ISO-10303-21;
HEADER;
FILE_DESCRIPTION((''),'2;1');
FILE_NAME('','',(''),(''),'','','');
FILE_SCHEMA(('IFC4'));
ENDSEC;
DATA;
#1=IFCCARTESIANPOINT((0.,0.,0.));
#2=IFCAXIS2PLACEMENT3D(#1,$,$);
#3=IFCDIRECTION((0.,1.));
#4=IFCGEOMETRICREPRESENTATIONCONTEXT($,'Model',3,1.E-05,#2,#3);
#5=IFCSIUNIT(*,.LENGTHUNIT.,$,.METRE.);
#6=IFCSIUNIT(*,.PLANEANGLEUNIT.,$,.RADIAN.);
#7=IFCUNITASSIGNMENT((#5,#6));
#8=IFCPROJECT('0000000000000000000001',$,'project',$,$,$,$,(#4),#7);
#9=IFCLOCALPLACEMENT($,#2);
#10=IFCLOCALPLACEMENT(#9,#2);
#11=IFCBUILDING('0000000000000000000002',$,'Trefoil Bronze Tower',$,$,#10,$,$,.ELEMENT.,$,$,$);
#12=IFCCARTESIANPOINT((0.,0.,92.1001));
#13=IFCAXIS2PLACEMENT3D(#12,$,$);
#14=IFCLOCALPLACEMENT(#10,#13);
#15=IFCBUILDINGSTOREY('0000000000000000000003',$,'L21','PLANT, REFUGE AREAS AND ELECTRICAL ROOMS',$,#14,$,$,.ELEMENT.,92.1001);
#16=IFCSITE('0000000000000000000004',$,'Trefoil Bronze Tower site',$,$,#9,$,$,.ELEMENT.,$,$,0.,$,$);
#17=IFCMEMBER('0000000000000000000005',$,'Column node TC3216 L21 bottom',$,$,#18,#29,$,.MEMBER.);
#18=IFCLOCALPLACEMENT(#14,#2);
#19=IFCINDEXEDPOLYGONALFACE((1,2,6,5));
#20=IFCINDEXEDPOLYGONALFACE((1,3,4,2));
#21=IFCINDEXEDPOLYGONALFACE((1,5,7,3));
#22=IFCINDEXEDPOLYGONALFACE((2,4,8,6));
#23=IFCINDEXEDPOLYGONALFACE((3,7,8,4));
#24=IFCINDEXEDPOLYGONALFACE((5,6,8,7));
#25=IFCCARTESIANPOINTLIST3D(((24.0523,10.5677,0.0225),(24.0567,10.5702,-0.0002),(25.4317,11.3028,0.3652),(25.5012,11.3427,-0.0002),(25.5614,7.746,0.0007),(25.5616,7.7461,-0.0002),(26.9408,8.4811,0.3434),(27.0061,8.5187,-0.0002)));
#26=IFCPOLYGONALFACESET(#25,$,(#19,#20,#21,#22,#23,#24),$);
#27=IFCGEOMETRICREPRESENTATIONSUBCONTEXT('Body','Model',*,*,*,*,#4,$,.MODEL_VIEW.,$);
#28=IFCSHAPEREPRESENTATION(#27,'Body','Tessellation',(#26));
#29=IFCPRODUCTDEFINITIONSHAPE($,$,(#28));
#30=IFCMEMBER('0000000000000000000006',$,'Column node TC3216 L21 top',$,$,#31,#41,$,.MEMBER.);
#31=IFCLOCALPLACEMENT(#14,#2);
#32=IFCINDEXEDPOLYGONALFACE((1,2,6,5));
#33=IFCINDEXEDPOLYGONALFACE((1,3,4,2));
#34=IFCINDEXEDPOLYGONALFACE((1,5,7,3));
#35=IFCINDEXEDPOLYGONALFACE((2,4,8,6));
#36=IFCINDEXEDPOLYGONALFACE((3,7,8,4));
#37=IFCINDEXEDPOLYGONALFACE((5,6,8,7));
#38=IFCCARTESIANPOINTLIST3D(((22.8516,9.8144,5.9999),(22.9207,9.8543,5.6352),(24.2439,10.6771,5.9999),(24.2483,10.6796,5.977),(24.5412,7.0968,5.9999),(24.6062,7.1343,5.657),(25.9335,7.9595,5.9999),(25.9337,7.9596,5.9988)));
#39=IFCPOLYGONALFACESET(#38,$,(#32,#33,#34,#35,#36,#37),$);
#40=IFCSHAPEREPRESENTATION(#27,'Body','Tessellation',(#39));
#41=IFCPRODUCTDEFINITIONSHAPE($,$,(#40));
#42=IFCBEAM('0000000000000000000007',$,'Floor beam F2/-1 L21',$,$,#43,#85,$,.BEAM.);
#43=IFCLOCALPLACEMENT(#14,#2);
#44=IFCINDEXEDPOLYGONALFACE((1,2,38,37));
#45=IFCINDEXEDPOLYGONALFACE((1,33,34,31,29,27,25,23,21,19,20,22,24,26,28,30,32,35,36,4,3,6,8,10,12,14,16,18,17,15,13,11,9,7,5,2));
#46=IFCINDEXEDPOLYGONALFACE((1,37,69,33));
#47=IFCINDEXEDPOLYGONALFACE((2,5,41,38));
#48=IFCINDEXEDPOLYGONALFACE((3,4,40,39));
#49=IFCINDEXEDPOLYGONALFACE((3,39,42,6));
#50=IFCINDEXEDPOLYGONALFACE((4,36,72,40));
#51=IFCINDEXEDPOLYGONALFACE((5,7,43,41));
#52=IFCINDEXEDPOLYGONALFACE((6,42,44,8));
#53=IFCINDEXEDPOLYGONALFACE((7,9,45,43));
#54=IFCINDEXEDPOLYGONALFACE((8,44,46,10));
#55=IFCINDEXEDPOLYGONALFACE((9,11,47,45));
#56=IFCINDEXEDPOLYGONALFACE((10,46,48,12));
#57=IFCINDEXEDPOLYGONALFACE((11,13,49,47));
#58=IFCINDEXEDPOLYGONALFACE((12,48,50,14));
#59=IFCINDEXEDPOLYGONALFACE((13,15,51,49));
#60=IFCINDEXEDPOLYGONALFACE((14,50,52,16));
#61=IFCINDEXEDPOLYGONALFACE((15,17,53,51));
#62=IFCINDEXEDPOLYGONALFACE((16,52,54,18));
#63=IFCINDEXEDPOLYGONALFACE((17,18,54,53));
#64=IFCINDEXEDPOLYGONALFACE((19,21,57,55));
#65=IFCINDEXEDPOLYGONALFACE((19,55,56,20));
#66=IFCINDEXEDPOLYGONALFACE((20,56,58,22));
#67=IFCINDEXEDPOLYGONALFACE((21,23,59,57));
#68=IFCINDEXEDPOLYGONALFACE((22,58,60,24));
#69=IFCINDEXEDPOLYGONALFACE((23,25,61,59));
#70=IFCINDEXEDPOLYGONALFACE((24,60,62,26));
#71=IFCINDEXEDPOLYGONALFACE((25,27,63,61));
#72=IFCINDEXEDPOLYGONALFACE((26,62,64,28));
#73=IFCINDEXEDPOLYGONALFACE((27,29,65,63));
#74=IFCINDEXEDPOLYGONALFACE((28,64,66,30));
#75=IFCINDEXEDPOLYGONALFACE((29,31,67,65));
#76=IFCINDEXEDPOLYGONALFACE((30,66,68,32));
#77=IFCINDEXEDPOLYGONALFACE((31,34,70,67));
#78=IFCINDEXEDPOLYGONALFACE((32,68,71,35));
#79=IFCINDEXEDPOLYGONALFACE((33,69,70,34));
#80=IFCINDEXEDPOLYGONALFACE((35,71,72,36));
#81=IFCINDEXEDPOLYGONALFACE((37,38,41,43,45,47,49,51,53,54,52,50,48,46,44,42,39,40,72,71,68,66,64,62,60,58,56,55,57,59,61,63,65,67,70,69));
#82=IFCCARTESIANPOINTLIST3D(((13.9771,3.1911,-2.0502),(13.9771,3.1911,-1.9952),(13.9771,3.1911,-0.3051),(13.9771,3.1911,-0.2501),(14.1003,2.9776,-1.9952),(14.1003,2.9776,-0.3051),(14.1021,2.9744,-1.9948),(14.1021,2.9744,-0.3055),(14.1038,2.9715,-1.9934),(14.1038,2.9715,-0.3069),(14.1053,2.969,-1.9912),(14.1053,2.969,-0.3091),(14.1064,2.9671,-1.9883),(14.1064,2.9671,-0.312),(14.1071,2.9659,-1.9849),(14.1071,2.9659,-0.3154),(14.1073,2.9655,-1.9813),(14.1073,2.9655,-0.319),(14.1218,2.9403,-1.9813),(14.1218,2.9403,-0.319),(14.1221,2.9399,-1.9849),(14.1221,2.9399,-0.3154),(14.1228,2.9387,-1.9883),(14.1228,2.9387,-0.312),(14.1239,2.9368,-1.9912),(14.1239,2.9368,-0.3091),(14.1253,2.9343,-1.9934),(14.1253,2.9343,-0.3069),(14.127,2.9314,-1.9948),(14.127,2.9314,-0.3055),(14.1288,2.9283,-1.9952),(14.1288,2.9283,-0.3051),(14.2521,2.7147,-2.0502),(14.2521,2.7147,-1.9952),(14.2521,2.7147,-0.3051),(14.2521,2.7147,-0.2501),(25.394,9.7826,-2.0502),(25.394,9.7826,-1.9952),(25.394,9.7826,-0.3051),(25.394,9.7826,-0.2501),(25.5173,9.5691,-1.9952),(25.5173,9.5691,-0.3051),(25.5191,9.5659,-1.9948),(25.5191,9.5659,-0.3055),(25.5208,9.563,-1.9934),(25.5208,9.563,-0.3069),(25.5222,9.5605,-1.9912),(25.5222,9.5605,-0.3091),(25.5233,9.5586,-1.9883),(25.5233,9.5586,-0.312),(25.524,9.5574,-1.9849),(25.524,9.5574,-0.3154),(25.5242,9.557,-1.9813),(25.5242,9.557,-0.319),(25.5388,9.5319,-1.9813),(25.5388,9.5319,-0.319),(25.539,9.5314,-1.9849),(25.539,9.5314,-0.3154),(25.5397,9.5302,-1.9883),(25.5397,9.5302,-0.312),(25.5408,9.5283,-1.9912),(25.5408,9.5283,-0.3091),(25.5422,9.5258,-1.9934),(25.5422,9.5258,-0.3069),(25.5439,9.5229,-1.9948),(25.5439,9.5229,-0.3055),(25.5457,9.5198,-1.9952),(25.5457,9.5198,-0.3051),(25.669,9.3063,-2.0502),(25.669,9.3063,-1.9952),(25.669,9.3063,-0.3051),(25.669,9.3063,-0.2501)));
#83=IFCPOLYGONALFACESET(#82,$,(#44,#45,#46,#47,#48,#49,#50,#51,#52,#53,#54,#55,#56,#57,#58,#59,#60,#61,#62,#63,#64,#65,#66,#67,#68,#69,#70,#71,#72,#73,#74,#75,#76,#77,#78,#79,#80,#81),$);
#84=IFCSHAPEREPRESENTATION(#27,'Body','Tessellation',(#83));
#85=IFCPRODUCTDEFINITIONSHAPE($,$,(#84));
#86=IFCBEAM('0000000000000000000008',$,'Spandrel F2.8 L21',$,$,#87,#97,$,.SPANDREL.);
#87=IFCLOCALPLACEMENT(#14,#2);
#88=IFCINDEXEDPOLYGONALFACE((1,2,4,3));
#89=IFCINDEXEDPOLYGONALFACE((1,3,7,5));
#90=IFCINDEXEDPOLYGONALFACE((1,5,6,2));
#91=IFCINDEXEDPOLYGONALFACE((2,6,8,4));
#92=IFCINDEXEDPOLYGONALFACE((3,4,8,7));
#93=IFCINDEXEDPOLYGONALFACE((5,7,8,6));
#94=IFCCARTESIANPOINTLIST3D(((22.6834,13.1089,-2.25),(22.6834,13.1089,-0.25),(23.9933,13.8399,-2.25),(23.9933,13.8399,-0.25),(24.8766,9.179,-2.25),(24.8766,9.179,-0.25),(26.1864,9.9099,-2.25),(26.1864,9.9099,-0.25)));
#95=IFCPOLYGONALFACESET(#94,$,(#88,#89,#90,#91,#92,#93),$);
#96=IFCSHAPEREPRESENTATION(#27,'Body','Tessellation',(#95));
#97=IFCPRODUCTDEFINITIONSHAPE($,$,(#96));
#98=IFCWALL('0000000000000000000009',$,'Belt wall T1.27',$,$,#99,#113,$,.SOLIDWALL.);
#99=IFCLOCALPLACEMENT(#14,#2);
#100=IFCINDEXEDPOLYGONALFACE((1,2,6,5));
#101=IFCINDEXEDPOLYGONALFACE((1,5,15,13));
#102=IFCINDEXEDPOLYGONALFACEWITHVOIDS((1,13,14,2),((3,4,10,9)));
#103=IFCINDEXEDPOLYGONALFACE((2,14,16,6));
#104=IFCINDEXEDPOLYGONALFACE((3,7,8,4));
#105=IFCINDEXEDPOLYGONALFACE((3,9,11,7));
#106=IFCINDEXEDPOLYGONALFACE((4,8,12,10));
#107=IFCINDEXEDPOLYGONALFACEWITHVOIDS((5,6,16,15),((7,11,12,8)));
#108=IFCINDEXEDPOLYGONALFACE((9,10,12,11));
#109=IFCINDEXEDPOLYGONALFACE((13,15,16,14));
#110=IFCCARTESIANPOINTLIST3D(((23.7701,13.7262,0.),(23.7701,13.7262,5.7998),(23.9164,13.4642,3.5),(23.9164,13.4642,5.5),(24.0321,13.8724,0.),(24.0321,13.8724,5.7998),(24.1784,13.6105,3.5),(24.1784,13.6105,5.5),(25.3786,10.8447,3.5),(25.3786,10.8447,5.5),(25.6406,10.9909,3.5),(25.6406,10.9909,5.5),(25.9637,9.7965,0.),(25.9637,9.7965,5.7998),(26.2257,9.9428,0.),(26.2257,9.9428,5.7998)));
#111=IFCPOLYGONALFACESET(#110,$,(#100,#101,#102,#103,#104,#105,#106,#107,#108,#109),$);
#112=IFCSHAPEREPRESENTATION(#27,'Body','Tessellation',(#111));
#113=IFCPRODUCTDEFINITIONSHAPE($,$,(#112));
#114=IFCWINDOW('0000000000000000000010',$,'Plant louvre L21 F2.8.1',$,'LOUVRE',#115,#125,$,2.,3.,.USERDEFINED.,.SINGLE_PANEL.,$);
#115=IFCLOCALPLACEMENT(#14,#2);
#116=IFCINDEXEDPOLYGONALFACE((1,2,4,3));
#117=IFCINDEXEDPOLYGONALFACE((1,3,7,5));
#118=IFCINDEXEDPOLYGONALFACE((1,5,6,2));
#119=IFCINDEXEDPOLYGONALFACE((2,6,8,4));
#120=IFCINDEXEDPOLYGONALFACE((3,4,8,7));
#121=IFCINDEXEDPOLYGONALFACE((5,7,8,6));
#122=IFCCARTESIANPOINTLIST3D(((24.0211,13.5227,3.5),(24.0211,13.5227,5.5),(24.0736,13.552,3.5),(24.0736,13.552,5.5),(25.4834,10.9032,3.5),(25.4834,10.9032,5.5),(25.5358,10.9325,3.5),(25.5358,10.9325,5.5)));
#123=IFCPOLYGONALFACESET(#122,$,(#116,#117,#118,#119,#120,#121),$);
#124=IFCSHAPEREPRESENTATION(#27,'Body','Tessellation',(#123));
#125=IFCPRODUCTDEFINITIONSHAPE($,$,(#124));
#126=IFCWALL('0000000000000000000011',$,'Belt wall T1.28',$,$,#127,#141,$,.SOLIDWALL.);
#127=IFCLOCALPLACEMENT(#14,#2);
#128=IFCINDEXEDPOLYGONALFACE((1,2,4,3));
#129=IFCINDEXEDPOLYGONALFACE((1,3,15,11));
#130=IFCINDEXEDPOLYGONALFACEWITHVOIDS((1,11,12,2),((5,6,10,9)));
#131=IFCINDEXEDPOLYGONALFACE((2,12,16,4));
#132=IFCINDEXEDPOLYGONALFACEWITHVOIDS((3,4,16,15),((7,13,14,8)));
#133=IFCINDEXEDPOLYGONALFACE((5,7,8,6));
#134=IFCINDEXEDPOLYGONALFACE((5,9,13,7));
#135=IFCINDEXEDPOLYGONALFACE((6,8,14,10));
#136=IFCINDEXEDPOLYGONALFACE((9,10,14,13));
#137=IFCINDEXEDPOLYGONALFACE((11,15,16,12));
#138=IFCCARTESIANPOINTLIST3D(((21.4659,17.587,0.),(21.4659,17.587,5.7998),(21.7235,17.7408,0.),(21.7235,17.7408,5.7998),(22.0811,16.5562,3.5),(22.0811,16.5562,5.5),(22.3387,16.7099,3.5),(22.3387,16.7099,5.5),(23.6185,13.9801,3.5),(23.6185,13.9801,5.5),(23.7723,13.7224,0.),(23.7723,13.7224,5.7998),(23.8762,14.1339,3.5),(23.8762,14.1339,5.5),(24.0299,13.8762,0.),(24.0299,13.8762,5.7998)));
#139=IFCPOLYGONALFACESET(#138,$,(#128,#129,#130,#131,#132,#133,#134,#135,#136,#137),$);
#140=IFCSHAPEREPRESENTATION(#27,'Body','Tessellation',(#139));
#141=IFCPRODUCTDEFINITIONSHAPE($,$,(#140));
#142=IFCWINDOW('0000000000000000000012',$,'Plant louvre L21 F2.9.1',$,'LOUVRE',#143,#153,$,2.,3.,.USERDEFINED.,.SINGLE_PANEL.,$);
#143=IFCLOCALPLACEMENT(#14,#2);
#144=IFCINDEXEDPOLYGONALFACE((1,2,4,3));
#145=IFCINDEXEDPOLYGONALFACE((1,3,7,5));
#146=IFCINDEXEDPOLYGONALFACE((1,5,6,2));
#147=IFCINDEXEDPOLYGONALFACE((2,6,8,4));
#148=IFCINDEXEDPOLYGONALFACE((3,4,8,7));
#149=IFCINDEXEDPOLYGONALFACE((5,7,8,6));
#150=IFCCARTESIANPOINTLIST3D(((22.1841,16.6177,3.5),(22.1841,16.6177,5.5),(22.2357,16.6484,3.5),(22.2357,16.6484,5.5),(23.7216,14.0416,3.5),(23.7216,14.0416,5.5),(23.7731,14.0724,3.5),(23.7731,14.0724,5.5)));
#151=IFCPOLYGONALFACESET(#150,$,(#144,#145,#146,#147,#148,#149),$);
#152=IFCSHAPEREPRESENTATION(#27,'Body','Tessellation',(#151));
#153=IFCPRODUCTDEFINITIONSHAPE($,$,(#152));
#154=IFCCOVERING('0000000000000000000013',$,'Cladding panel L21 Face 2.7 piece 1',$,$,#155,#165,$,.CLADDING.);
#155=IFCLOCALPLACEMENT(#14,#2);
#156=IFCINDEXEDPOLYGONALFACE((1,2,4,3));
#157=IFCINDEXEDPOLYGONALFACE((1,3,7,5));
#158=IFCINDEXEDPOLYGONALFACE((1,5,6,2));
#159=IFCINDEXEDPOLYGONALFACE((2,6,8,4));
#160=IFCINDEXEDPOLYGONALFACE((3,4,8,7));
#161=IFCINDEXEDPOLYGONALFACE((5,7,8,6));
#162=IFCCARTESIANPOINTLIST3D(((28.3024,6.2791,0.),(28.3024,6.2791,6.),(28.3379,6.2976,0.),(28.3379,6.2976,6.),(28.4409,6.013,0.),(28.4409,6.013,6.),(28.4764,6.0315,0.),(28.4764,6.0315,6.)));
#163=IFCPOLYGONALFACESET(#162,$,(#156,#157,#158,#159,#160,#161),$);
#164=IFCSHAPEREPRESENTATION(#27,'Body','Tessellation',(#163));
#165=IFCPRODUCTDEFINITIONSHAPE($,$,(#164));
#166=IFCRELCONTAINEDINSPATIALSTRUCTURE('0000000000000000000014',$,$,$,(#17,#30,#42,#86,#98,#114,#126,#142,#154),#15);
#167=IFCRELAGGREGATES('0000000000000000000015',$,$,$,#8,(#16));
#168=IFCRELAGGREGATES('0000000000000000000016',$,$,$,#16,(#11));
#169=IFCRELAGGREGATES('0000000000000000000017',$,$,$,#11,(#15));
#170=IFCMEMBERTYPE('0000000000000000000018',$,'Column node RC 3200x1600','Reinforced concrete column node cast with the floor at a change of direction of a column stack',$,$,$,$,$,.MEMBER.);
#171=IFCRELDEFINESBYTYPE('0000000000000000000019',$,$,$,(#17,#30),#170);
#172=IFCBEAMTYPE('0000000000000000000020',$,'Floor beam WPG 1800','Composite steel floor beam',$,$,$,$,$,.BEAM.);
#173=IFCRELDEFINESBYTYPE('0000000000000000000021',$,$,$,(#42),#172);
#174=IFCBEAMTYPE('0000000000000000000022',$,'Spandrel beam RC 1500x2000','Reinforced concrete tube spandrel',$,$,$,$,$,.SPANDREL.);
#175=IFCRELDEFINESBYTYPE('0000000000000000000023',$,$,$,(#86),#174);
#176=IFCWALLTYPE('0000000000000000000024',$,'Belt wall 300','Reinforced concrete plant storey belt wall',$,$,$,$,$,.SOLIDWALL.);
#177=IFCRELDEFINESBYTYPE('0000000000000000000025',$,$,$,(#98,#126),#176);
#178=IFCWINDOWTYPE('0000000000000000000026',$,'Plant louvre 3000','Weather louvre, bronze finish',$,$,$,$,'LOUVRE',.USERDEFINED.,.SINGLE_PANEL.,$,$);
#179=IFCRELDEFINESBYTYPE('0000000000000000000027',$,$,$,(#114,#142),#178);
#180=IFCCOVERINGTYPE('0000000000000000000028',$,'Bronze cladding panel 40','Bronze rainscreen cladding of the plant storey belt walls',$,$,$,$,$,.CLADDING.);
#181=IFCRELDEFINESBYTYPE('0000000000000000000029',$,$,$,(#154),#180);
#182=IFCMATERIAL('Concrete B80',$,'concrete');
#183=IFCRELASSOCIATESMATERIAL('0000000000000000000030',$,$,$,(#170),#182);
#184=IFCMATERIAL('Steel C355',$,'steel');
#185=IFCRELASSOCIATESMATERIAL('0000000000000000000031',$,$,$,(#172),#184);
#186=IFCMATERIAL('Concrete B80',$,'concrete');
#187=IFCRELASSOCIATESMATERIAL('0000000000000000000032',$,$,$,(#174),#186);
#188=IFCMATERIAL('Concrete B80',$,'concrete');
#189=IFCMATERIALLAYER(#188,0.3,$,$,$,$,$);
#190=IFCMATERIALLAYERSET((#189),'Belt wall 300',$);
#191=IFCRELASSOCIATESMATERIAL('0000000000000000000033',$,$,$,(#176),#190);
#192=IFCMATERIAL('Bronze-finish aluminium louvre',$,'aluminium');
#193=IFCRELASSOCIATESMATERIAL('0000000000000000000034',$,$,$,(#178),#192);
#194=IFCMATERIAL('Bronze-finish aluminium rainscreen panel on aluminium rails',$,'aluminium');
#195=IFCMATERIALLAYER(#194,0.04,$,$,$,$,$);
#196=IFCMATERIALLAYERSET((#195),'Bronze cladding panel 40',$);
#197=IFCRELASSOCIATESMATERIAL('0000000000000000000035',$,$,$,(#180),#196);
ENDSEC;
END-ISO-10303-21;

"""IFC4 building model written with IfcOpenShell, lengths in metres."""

from ifc_helpers import new_model, si_unit, direction, frame, frame_2d, origin, origin_2d, place, context, subcontext, project, spatial, rectangle, i_section, extrude, clip, halfspace, material, layer, layer_set, material_profile, profile_set, type_object, element, fill, save


model = new_model("IFC4")

# Units and contexts
model_context = context("Model", 3, precision=1e-05, world=origin(), true_north=direction((0.0, 1.0)))
body_context = subcontext(model_context, "Body", "Model", "MODEL_VIEW")
ifc_project = project(units=[si_unit("LENGTHUNIT", "METRE"), si_unit("PLANEANGLEUNIT", "RADIAN")], contexts=[model_context])

# Site, building, storey
site_placement = place(None, origin())
site = spatial("IfcSite", under=ifc_project, at=site_placement, Name="Trefoil Bronze Tower site", CompositionType="ELEMENT", RefElevation=0.0)
building_placement = place(site_placement, origin())
building = spatial("IfcBuilding", under=site, at=building_placement, Name="Trefoil Bronze Tower", CompositionType="ELEMENT")
storey_placement = place(building_placement, frame((0.0, 0.0, 92.1001)))
storey = spatial("IfcBuildingStorey", under=building, at=storey_placement, Name="L21", Description="PLANT, REFUGE AREAS AND ELECTRICAL ROOMS", CompositionType="ELEMENT", Elevation=92.1001)

# Members
ifc_material_1 = material(Name="Concrete B80", Category="concrete")
ifc_material_profile_1 = material_profile(ifc_material_1, rectangle(XDim=3.2, YDim=1.6001, at=origin_2d()), Name="RC 3200x1600")
ifc_profile_set_1 = profile_set([ifc_material_profile_1], Name="Concrete B80")
member_type = type_object("IfcMemberType", Name="Column node RC 3200x1600", Description="Reinforced concrete column node cast with the floor at a change of direction of a column stack", PredefinedType="MEMBER", material=ifc_profile_set_1)
member_1_placement = place(storey_placement, frame((25.5662, 9.5645, -0.1831), z_axis=(-0.185711, -0.106865, 0.976776), x_axis=(-0.471598, 0.881787, 0.00681)))
element("IfcMember", 1, at=member_1_placement, inside=storey, type_object=member_type, Name="Column node TC3216 L21 bottom", PredefinedType="MEMBER", context=body_context, shape_type="Clipping", body=[
    clip(extrude(rectangle(XDim=3.2, YDim=1.6001, at=origin_2d()), origin(), (0.0, 0.0, 1.0), 0.3748), halfspace(frame((0.0, 0.0, 0.1873), z_axis=(0.00681, -0.214155, 0.976776), x_axis=(0.0, 0.976799, 0.21416)), True)),
])
member_2_placement = place(storey_placement, frame((24.3579, 8.8669, 6.1829), z_axis=(0.185082, 0.106878, -0.976894), x_axis=(0.526708, -0.850019, 0.006792)))
element("IfcMember", 2, at=member_2_placement, inside=storey, type_object=member_type, Name="Column node TC3216 L21 top", PredefinedType="MEMBER", context=body_context, shape_type="Clipping", body=[
    clip(extrude(rectangle(XDim=3.2, YDim=1.6001, at=origin_2d()), origin(), (0.0, 0.0, 1.0), 0.3745), halfspace(frame((0.0, 0.0, 0.1873), z_axis=(-0.006792, 0.213617, 0.976894), x_axis=(0.0, 0.976916, -0.213622)), True)),
])

# Beams
ifc_material_2 = material(Name="Steel C355", Category="steel")
ifc_material_profile_2 = material_profile(ifc_material_2, i_section(OverallWidth=0.55, OverallDepth=1.8, WebThickness=0.0291, FlangeThickness=0.0549, FilletRadius=0.0139, at=origin_2d()), Name="WPG 1800")
ifc_profile_set_2 = profile_set([ifc_material_profile_2], Name="Steel C355")
beam_type_1 = type_object("IfcBeamType", Name="Floor beam WPG 1800", Description="Composite steel floor beam", PredefinedType="BEAM", material=ifc_profile_set_2)
beam_1_placement = place(storey_placement, frame((25.5315, 9.5444, -1.1501), z_axis=(-0.866027, -0.499997, 0.0), x_axis=(0.499997, -0.866027, 0.0)))
element("IfcBeam", 3, at=beam_1_placement, inside=storey, type_object=beam_type_1, Name="Floor beam F2/-1 L21", PredefinedType="BEAM", context=body_context, shape_type="SweptSolid", body=[
    extrude(i_section(OverallWidth=0.55, OverallDepth=1.8, WebThickness=0.0291, FlangeThickness=0.0549, FilletRadius=0.0139, at=origin_2d()), origin(), (0.0, 0.0, 1.0), 13.1831),
])
ifc_material_3 = material(Name="Concrete B80", Category="concrete")
ifc_material_profile_3 = material_profile(ifc_material_3, rectangle(XDim=1.5, YDim=2.0, at=origin_2d()), Name="RC 1500x2000")
ifc_profile_set_3 = profile_set([ifc_material_profile_3], Name="Concrete B80")
beam_type_2 = type_object("IfcBeamType", Name="Spandrel beam RC 1500x2000", Description="Reinforced concrete tube spandrel", PredefinedType="SPANDREL", material=ifc_profile_set_3)
beam_2_placement = place(storey_placement, frame((25.5315, 9.5444, -1.25), z_axis=(-0.487309, 0.873229, 0.0), x_axis=(-0.873229, -0.487309, 0.0)))
element("IfcBeam", 4, at=beam_2_placement, inside=storey, type_object=beam_type_2, Name="Spandrel F2.8 L21", PredefinedType="SPANDREL", context=body_context, shape_type="SweptSolid", body=[
    extrude(rectangle(XDim=1.5, YDim=2.0, at=origin_2d()), origin(), (0.0, 0.0, 1.0), 4.5005),
])

# Walls, openings, windows
ifc_material_4 = material(Name="Concrete B80", Category="concrete")
ifc_layer_1 = layer(ifc_material_4, 0.3)
ifc_layer_set_1 = layer_set([ifc_layer_1], Name="Belt wall 300")
wall_type = type_object("IfcWallType", Name="Belt wall 300", Description="Reinforced concrete plant storey belt wall", PredefinedType="SOLIDWALL", material=ifc_layer_set_1)
wall_1_placement = place(storey_placement, frame((26.0947, 9.8696, 0.0), z_axis=(0.0, 0.0, 1.0), x_axis=(-0.487415, 0.87317, 0.0)))
wall_1 = element("IfcWall", 5, at=wall_1_placement, inside=storey, type_object=wall_type, Name="Belt wall T1.27", PredefinedType="SOLIDWALL", context=body_context, shape_type="SweptSolid", body=[
    extrude(rectangle(XDim=4.5005, YDim=0.3, at=frame_2d((2.2502, 0.0))), origin(), (0.0, 0.0, 1.0), 5.7998),
])
opening_1_placement = place(wall_1_placement, frame((1.2004, 0.0, 3.5)))
opening_1 = element("IfcOpeningElement", 6, at=opening_1_placement, cuts=wall_1, PredefinedType="OPENING", context=body_context, shape_type="SweptSolid", body=[
    extrude(rectangle(XDim=3.0, YDim=2.0, at=frame_2d((1.5, 1.0))), frame((0.0, 0.1599, 0.0), z_axis=(0.0, -1.0, 0.0), x_axis=(1.0, 0.0, 0.0)), (0.0, 0.0, 1.0), 0.3201),
])
ifc_material_5 = material(Name="Bronze-finish aluminium louvre", Category="aluminium")
window_type = type_object("IfcWindowType", Name="Plant louvre 3000", Description="Weather louvre, bronze finish", ElementType="LOUVRE", PartitioningType="SINGLE_PANEL", PredefinedType="USERDEFINED", material=ifc_material_5)
window_1_placement = place(opening_1_placement, origin())
window_1 = element("IfcWindow", 7, at=window_1_placement, inside=storey, type_object=window_type, Name="Plant louvre L21 F2.8.1", ObjectType="LOUVRE", OverallHeight=2.0, OverallWidth=3.0, PartitioningType="SINGLE_PANEL", PredefinedType="USERDEFINED", context=body_context, shape_type="SweptSolid", body=[
    extrude(rectangle(XDim=3.0, YDim=2.0, at=frame_2d((1.5, 1.0))), frame((0.0, 0.03, 0.0), z_axis=(0.0, -1.0, 0.0), x_axis=(1.0, 0.0, 0.0)), (0.0, 0.0, 1.0), 0.0601),
])
fill(opening_1, window_1)
wall_2_placement = place(storey_placement, frame((23.9011, 13.7993, 0.0), z_axis=(0.0, 0.0, 1.0), x_axis=(-0.512484, 0.858697, 0.0)))
wall_2 = element("IfcWall", 8, at=wall_2_placement, inside=storey, type_object=wall_type, Name="Belt wall T1.28", PredefinedType="SOLIDWALL", context=body_context, shape_type="SweptSolid", body=[
    extrude(rectangle(XDim=4.5005, YDim=0.3, at=frame_2d((2.2502, 0.0))), origin(), (0.0, 0.0, 1.0), 5.7998),
])
opening_2_placement = place(wall_2_placement, frame((0.3, 0.0, 3.5)))
opening_2 = element("IfcOpeningElement", 9, at=opening_2_placement, cuts=wall_2, PredefinedType="OPENING", context=body_context, shape_type="SweptSolid", body=[
    extrude(rectangle(XDim=3.0, YDim=2.0, at=frame_2d((1.5, 1.0))), frame((0.0, 0.1599, 0.0), z_axis=(0.0, -1.0, 0.0), x_axis=(1.0, 0.0, 0.0)), (0.0, 0.0, 1.0), 0.3201),
])
window_2_placement = place(opening_2_placement, origin())
window_2 = element("IfcWindow", 10, at=window_2_placement, inside=storey, type_object=window_type, Name="Plant louvre L21 F2.9.1", ObjectType="LOUVRE", OverallHeight=2.0, OverallWidth=3.0, PartitioningType="SINGLE_PANEL", PredefinedType="USERDEFINED", context=body_context, shape_type="SweptSolid", body=[
    extrude(rectangle(XDim=3.0, YDim=2.0, at=frame_2d((1.5, 1.0))), frame((0.0, 0.03, 0.0), z_axis=(0.0, -1.0, 0.0), x_axis=(1.0, 0.0, 0.0)), (0.0, 0.0, 1.0), 0.0601),
])
fill(opening_2, window_2)

# Covering
ifc_material_6 = material(Name="Bronze-finish aluminium rainscreen panel on aluminium rails", Category="aluminium")
ifc_layer_2 = layer(ifc_material_6, 0.04)
ifc_layer_set_2 = layer_set([ifc_layer_2], Name="Bronze cladding panel 40")
covering_type_1 = type_object("IfcCoveringType", Name="Bronze cladding panel 40", Description="Bronze rainscreen cladding of the plant storey belt walls", PredefinedType="CLADDING", material=ifc_layer_set_2)
covering_1_placement = place(storey_placement, frame((28.3894, 6.1553, 0.0), z_axis=(0.0, 0.0, 1.0), x_axis=(-0.46183, 0.886969, 0.0)))
element("IfcCovering", 11, at=covering_1_placement, inside=storey, type_object=covering_type_1, Name="Cladding panel L21 Face 2.7 piece 1", PredefinedType="CLADDING", context=body_context, shape_type="SweptSolid", body=[
    extrude(rectangle(XDim=0.3, YDim=0.04, at=origin_2d()), origin(), (0.0, 0.0, 1.0), 6.0),
])

save(model, "model.ifc")
